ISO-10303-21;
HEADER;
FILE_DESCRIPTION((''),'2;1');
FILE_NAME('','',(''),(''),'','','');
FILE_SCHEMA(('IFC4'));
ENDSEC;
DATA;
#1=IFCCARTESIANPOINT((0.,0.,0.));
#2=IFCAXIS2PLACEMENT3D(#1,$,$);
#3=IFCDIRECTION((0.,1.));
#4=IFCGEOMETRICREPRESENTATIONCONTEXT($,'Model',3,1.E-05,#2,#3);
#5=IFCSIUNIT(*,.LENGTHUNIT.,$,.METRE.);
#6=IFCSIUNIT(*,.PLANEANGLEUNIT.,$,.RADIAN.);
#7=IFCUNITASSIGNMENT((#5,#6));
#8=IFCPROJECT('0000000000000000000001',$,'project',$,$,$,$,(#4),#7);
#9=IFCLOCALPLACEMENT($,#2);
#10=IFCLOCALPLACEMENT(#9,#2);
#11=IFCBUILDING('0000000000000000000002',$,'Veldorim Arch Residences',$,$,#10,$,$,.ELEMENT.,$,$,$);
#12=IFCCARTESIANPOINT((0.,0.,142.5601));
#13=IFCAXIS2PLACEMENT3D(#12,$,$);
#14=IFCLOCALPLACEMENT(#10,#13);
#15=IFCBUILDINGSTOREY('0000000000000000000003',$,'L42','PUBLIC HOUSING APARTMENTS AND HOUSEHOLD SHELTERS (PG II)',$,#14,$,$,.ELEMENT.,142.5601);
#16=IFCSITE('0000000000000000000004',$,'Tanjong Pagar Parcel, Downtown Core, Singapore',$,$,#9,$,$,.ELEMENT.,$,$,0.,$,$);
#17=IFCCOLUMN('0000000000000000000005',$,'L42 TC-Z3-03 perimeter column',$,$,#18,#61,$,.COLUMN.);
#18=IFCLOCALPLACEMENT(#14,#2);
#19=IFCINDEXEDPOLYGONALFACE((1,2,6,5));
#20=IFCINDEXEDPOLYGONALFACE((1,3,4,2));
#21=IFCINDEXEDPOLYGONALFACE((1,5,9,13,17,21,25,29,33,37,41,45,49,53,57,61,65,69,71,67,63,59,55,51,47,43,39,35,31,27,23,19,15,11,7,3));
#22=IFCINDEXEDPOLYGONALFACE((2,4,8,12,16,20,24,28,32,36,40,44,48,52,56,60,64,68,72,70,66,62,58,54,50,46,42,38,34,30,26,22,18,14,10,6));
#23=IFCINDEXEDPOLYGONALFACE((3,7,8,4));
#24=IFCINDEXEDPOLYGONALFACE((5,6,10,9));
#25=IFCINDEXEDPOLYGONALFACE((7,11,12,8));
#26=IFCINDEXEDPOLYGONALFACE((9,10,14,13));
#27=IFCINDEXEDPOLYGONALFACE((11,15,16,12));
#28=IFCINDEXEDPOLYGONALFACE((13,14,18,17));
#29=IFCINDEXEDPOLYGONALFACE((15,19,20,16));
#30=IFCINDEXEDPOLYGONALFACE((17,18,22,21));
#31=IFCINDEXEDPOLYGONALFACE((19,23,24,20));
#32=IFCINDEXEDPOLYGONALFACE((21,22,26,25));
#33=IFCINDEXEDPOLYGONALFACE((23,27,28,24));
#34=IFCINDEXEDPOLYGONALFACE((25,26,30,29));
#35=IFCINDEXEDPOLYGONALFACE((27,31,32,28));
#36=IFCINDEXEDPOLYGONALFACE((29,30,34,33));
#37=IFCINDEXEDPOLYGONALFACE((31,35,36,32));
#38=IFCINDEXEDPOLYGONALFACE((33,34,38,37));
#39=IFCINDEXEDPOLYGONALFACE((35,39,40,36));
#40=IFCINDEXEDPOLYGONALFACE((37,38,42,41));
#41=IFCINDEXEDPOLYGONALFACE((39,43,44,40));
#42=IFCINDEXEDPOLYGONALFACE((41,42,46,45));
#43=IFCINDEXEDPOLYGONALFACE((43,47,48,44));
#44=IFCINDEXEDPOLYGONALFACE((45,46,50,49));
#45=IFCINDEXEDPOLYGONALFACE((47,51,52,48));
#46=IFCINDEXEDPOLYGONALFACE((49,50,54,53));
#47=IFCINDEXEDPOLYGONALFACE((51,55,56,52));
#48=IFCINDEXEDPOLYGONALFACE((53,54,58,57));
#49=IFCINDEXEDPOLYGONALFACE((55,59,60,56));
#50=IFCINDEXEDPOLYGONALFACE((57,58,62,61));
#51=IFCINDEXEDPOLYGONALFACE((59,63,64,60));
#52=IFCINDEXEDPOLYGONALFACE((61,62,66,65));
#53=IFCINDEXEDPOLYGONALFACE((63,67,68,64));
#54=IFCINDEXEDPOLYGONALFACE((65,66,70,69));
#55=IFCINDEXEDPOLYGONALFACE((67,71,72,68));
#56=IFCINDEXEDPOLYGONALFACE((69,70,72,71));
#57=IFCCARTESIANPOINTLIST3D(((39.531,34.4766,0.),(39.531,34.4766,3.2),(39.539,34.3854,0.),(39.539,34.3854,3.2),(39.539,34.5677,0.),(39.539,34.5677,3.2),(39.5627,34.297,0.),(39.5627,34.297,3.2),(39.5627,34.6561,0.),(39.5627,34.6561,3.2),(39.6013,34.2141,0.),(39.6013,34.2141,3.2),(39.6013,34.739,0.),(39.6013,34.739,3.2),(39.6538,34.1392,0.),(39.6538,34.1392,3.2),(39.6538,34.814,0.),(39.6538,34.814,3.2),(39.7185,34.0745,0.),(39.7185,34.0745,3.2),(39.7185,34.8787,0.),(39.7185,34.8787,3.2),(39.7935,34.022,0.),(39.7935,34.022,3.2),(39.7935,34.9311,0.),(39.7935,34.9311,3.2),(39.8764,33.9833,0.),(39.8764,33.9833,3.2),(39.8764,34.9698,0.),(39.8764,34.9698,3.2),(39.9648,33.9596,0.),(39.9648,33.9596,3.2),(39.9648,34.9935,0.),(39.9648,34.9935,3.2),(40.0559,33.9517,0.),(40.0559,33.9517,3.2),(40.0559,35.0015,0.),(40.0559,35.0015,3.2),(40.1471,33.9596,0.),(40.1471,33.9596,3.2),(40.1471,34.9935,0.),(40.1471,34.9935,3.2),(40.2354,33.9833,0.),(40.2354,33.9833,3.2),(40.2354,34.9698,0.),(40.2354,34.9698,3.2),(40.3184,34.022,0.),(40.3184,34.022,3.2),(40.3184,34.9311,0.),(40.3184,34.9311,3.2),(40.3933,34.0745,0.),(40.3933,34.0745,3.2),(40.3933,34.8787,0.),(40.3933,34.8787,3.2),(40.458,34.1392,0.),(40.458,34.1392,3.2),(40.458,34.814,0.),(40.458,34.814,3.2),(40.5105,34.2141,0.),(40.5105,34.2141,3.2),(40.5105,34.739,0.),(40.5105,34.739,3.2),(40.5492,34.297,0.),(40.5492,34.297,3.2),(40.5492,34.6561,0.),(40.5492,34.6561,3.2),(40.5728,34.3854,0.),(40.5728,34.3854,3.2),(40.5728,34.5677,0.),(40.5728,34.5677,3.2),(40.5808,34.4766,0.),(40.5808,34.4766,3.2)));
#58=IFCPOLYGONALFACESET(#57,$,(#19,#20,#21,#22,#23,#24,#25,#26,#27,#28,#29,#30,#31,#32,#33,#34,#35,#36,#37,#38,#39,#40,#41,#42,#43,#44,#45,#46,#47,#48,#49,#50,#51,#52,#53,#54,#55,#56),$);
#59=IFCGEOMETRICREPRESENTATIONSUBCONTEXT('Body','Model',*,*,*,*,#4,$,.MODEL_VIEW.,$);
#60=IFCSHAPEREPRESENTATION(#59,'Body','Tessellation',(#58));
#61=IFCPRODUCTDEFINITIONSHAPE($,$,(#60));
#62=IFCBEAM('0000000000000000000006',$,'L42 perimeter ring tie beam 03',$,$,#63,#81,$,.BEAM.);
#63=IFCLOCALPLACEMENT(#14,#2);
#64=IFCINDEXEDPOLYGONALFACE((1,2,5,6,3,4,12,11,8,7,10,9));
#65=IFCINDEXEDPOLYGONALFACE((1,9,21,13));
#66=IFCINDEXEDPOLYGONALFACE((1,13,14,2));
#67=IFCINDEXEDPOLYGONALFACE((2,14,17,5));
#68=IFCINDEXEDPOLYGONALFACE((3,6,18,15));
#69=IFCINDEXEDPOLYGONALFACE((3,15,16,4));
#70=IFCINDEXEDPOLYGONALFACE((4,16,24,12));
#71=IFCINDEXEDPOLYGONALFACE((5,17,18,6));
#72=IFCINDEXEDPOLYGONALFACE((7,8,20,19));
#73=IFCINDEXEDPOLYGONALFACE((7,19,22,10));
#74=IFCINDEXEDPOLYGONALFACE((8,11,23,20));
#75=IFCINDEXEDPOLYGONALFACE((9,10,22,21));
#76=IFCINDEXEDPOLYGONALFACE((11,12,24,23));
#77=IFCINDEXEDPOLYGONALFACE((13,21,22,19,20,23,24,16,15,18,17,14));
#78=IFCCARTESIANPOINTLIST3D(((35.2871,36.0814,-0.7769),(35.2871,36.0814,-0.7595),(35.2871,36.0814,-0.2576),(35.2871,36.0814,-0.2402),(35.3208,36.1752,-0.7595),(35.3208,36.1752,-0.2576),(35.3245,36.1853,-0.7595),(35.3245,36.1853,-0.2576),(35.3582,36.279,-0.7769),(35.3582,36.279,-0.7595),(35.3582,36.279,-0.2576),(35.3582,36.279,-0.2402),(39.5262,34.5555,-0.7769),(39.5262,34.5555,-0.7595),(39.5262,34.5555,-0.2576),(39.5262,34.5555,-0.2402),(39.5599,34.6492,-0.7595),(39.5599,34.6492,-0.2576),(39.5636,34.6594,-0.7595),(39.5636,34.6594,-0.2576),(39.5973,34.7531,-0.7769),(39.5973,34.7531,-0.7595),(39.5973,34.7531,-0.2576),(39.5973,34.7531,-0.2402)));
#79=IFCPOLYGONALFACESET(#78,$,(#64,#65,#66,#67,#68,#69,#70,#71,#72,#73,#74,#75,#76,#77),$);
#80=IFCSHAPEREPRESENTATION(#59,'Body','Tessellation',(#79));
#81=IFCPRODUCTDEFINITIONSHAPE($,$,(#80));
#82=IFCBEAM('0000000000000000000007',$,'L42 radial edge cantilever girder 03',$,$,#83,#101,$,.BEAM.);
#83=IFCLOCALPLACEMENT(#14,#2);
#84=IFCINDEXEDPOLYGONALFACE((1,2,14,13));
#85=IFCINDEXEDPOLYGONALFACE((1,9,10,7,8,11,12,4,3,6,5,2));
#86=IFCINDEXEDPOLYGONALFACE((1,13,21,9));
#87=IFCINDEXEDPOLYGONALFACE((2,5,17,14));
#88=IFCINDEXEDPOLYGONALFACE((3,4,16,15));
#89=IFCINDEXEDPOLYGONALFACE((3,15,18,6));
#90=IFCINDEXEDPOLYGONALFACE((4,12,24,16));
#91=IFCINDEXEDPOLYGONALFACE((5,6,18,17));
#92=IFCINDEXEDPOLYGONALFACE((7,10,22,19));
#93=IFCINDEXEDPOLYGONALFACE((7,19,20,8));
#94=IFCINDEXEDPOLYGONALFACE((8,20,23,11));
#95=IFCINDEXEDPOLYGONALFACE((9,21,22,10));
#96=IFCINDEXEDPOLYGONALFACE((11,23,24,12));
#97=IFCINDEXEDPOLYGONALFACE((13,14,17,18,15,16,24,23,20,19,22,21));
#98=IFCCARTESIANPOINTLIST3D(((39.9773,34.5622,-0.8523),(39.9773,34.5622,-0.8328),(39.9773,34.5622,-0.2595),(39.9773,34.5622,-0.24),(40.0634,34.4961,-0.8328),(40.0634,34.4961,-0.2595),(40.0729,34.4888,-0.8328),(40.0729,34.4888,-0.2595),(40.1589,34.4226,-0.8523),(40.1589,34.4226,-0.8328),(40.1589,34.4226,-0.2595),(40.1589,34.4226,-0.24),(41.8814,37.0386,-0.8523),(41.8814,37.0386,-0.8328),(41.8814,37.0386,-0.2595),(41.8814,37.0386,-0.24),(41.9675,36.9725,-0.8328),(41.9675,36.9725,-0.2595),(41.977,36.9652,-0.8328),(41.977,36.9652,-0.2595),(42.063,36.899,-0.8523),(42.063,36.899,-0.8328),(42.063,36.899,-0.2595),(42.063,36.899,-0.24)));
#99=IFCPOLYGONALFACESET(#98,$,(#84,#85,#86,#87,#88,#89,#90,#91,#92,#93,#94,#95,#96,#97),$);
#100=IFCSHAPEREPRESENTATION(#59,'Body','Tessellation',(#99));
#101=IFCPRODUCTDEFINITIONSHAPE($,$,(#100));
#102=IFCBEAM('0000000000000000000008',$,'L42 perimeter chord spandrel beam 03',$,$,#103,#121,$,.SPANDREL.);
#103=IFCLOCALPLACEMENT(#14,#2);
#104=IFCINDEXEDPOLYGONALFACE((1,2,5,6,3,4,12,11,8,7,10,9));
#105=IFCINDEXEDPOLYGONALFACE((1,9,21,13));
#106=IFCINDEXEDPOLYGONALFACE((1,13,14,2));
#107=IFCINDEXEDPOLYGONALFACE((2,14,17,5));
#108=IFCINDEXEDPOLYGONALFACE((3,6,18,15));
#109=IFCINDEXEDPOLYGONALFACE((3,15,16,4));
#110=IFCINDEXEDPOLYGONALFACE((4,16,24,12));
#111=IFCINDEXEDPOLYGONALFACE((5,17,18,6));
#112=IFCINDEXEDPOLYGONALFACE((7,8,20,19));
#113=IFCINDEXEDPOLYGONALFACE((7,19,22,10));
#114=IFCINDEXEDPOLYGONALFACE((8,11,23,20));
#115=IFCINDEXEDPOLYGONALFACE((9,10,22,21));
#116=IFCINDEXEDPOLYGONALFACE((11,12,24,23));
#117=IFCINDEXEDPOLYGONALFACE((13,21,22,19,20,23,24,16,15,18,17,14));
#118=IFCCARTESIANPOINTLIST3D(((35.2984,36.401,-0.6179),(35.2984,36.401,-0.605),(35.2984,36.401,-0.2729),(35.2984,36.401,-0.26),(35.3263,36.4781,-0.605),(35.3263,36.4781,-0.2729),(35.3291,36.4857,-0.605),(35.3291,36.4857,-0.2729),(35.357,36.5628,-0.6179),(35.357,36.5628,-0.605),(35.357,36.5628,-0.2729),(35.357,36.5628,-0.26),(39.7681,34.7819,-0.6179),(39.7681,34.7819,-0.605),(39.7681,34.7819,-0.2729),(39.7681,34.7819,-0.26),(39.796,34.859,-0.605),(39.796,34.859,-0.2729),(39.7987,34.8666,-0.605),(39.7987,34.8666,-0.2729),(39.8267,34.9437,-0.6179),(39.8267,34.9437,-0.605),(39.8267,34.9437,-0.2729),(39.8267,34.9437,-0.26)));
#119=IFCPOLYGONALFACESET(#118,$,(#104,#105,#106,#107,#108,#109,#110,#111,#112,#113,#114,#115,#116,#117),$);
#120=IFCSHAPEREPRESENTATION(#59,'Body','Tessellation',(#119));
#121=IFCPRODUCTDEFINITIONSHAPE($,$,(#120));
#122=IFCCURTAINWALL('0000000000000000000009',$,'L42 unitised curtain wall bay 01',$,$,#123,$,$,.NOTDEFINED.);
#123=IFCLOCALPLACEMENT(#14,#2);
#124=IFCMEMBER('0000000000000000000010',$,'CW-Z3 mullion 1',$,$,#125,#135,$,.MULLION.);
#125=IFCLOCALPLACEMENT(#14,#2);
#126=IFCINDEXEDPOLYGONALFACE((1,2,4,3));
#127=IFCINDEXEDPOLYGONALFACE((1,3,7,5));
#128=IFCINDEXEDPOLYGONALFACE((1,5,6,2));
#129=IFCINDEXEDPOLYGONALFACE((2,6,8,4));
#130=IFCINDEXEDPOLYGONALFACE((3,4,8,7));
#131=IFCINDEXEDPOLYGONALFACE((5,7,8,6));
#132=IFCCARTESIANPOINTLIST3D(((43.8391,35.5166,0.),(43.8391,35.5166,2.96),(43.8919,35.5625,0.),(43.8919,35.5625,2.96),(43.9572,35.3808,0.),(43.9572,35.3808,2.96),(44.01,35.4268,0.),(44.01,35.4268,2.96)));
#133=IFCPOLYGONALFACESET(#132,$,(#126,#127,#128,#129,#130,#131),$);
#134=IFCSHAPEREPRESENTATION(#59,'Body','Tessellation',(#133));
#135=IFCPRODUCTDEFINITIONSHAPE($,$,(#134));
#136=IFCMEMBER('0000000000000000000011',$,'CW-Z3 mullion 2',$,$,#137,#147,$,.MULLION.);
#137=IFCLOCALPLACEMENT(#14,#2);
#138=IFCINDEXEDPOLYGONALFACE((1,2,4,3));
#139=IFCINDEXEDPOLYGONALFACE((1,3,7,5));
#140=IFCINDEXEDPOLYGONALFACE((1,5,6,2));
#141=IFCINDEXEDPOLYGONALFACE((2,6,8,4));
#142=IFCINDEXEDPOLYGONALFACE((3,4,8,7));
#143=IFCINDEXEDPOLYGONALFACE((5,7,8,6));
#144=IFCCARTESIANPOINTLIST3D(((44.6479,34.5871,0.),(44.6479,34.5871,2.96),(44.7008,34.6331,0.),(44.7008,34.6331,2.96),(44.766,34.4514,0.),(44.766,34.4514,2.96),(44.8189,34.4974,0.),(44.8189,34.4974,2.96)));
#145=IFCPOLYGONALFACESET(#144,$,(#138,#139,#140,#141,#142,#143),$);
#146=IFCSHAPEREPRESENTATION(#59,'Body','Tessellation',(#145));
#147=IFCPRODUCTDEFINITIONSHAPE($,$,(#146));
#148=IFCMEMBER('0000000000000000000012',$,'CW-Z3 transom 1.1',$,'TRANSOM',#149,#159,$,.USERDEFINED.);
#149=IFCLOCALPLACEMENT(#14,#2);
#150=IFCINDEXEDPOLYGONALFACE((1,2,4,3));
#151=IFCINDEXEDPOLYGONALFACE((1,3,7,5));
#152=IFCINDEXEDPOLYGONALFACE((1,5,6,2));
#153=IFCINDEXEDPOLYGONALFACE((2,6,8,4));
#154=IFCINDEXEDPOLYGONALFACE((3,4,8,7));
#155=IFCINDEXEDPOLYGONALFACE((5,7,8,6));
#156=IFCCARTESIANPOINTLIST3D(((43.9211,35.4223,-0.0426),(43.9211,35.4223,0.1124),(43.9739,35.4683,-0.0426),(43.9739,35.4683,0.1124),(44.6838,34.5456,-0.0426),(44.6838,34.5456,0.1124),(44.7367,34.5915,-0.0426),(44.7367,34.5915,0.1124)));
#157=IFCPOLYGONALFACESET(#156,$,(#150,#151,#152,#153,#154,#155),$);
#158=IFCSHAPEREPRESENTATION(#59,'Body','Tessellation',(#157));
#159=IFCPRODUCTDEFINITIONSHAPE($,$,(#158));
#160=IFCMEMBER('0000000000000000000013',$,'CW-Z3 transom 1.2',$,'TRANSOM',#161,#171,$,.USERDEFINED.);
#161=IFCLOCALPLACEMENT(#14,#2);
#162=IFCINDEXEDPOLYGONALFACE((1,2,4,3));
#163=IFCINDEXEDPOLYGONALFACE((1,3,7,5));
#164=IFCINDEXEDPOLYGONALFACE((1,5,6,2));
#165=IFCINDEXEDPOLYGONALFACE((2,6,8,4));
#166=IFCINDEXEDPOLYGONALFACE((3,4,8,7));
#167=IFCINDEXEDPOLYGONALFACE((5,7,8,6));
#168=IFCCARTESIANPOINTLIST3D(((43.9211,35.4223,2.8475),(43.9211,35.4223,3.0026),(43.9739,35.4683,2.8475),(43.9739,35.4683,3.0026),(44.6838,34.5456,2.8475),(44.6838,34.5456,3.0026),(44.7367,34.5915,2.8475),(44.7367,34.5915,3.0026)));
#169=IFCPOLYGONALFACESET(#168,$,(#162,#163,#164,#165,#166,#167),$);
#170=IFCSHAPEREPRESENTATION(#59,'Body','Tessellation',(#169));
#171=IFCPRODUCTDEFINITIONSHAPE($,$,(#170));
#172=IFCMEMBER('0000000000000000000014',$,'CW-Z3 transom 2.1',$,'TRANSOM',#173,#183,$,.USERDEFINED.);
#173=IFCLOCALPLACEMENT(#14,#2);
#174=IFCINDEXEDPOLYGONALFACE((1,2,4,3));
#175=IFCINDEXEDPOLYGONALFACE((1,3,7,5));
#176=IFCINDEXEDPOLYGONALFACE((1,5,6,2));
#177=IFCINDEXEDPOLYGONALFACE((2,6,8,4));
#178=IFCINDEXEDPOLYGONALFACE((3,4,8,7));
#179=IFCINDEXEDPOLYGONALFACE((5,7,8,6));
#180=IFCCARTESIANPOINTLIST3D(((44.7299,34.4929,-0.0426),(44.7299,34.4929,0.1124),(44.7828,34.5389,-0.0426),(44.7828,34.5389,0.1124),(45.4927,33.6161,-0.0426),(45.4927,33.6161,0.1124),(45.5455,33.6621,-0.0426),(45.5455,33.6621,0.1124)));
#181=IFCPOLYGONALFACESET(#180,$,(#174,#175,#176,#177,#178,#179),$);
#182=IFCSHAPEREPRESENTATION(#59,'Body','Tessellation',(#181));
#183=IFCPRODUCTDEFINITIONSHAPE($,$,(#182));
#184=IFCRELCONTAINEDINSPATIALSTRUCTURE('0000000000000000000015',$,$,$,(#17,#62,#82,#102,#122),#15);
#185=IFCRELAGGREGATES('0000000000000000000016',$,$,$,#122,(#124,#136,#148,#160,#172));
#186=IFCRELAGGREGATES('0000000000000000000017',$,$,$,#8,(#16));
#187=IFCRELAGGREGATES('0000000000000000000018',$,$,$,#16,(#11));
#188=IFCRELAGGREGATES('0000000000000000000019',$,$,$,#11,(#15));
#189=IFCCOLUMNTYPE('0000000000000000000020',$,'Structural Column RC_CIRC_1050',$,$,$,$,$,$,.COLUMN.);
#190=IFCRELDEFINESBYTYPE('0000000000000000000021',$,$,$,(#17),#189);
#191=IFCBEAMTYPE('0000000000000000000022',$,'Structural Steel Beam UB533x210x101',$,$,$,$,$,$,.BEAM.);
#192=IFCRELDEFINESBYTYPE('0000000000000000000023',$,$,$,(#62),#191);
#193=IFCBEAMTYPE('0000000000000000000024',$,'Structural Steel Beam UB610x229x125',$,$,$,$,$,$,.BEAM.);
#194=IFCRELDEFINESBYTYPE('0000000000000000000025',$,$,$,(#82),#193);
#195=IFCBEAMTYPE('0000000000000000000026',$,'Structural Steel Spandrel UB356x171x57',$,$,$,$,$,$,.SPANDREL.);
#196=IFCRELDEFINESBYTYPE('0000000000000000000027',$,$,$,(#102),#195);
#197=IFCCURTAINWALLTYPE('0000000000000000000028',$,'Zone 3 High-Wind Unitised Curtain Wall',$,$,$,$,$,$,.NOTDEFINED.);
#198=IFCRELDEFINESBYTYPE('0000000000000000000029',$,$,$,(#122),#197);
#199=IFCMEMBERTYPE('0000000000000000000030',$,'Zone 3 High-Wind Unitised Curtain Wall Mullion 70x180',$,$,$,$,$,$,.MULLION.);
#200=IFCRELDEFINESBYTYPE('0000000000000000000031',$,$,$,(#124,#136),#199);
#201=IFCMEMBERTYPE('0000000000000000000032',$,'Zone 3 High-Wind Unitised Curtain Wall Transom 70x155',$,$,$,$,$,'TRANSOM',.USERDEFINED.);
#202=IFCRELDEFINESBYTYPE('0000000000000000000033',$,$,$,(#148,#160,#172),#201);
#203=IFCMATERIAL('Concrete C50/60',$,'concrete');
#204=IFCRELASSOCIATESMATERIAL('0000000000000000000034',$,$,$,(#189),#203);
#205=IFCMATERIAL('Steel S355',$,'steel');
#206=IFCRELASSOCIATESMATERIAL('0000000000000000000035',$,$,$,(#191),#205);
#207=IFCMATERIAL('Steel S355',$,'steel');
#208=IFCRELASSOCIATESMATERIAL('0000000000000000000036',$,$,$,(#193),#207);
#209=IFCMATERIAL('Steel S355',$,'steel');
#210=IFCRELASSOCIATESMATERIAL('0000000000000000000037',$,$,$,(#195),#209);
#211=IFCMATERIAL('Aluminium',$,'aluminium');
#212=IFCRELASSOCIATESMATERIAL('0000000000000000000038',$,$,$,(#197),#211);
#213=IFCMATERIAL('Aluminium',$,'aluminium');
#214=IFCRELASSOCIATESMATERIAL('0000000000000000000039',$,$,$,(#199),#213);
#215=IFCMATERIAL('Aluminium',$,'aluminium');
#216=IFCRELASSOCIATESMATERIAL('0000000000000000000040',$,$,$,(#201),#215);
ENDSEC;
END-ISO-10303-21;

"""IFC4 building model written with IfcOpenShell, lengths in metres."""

from ifc_helpers import new_model, si_unit, direction, frame, origin, origin_2d, place, context, subcontext, project, spatial, rectangle, circle, i_section, extrude, material, material_profile, profile_set, type_object, element, aggregate, save


model = new_model("IFC4")

# Units and contexts
model_context = context("Model", 3, precision=1e-05, world=origin(), true_north=direction((0.0, 1.0)))
body_context = subcontext(model_context, "Body", "Model", "MODEL_VIEW")
ifc_project = project(units=[si_unit("LENGTHUNIT", "METRE"), si_unit("PLANEANGLEUNIT", "RADIAN")], contexts=[model_context])

# Site, building, storey
site_placement = place(None, origin())
site = spatial("IfcSite", under=ifc_project, at=site_placement, Name="Tanjong Pagar Parcel, Downtown Core, Singapore", CompositionType="ELEMENT", RefElevation=0.0)
building_placement = place(site_placement, origin())
building = spatial("IfcBuilding", under=site, at=building_placement, Name="Veldorim Arch Residences", CompositionType="ELEMENT")
storey_placement = place(building_placement, frame((0.0, 0.0, 142.5601)))
storey = spatial("IfcBuildingStorey", under=building, at=storey_placement, Name="L42", Description="PUBLIC HOUSING APARTMENTS AND HOUSEHOLD SHELTERS (PG II)", CompositionType="ELEMENT", Elevation=142.5601)

# Column
ifc_material_1 = material(Name="Concrete C50/60", Category="concrete")
ifc_material_profile_1 = material_profile(ifc_material_1, circle(Radius=0.5249, at=origin_2d()), Name="RC_CIRC_1050")
ifc_profile_set_1 = profile_set([ifc_material_profile_1], Name="Concrete C50/60")
column_type = type_object("IfcColumnType", Name="Structural Column RC_CIRC_1050", PredefinedType="COLUMN", material=ifc_profile_set_1)
column_placement = place(storey_placement, frame((40.0559, 34.4766, 0.0), z_axis=(0.0, 0.0, 1.0), x_axis=(1.0, 0.0, 0.0)))
element("IfcColumn", 1, at=column_placement, inside=storey, type_object=column_type, Name="L42 TC-Z3-03 perimeter column", PredefinedType="COLUMN", context=body_context, shape_type="SweptSolid", body=[
    extrude(circle(Radius=0.5249, at=origin_2d()), origin(), (0.0, 0.0, 1.0), 3.2),
])

# Beams
ifc_material_2 = material(Name="Steel S355", Category="steel")
ifc_material_profile_2 = material_profile(ifc_material_2, i_section(OverallWidth=0.21, OverallDepth=0.5366, WebThickness=0.0107, FlangeThickness=0.0173, at=origin_2d()), Name="UB533x210x101")
ifc_profile_set_2 = profile_set([ifc_material_profile_2], Name="Steel S355")
beam_type_1 = type_object("IfcBeamType", Name="Structural Steel Beam UB533x210x101", PredefinedType="BEAM", material=ifc_profile_set_2)
beam_1_placement = place(storey_placement, frame((39.5618, 34.6543, -0.5085), z_axis=(-0.940899, 0.338687, 0.0), x_axis=(-0.338687, -0.940899, 0.0)))
element("IfcBeam", 2, at=beam_1_placement, inside=storey, type_object=beam_type_1, Name="L42 perimeter ring tie beam 03", PredefinedType="BEAM", context=body_context, shape_type="SweptSolid", body=[
    extrude(i_section(OverallWidth=0.21, OverallDepth=0.5366, WebThickness=0.0107, FlangeThickness=0.0173, at=origin_2d()), origin(), (0.0, 0.0, 1.0), 4.5054),
])
ifc_material_3 = material(Name="Steel S355", Category="steel")
ifc_material_profile_3 = material_profile(ifc_material_3, i_section(OverallWidth=0.229, OverallDepth=0.6123, WebThickness=0.012, FlangeThickness=0.0195, at=origin_2d()), Name="UB610x229x125")
ifc_profile_set_3 = profile_set([ifc_material_profile_3], Name="Steel S355")
beam_type_2 = type_object("IfcBeamType", Name="Structural Steel Beam UB610x229x125", PredefinedType="BEAM", material=ifc_profile_set_3)
beam_2_placement = place(storey_placement, frame((40.0681, 34.4924, -0.5461), z_axis=(0.609548, 0.792749, 0.0), x_axis=(-0.792749, 0.609548, 0.0)))
element("IfcBeam", 3, at=beam_2_placement, inside=storey, type_object=beam_type_2, Name="L42 radial edge cantilever girder 03", PredefinedType="BEAM", context=body_context, shape_type="SweptSolid", body=[
    extrude(i_section(OverallWidth=0.229, OverallDepth=0.6123, WebThickness=0.012, FlangeThickness=0.0195, at=origin_2d()), origin(), (0.0, 0.0, 1.0), 3.1238),
])
ifc_material_4 = material(Name="Steel S355", Category="steel")
ifc_material_profile_4 = material_profile(ifc_material_4, i_section(OverallWidth=0.1721, OverallDepth=0.3579, WebThickness=0.0081, FlangeThickness=0.0129, at=origin_2d()), Name="UB356x171x57")
ifc_profile_set_4 = profile_set([ifc_material_profile_4], Name="Steel S355")
beam_type_3 = type_object("IfcBeamType", Name="Structural Steel Spandrel UB356x171x57", PredefinedType="SPANDREL", material=ifc_profile_set_4)
beam_3_placement = place(storey_placement, frame((39.7974, 34.8628, -0.439), z_axis=(-0.940213, 0.340588, 0.0), x_axis=(-0.340588, -0.940213, 0.0)))
element("IfcBeam", 4, at=beam_3_placement, inside=storey, type_object=beam_type_3, Name="L42 perimeter chord spandrel beam 03", PredefinedType="SPANDREL", context=body_context, shape_type="SweptSolid", body=[
    extrude(i_section(OverallWidth=0.1721, OverallDepth=0.3579, WebThickness=0.0081, FlangeThickness=0.0129, at=origin_2d()), origin(), (0.0, 0.0, 1.0), 4.7539),
])

# Curtain wall, members
ifc_material_5 = material(Name="Aluminium", Category="aluminium")
curtain_wall_type = type_object("IfcCurtainWallType", Name="Zone 3 High-Wind Unitised Curtain Wall", PredefinedType="NOTDEFINED", material=ifc_material_5)
curtain_wall_placement = place(storey_placement, origin())
curtain_wall = element("IfcCurtainWall", 5, at=curtain_wall_placement, inside=storey, type_object=curtain_wall_type, Name="L42 unitised curtain wall bay 01", PredefinedType="NOTDEFINED")
ifc_material_6 = material(Name="Aluminium", Category="aluminium")
ifc_material_profile_5 = material_profile(ifc_material_6, rectangle(XDim=0.0701, YDim=0.1799, at=origin_2d()), Name="ALU_MUL_70x180")
ifc_profile_set_5 = profile_set([ifc_material_profile_5], Name="Aluminium")
member_type_1 = type_object("IfcMemberType", Name="Zone 3 High-Wind Unitised Curtain Wall Mullion 70x180", PredefinedType="MULLION", material=ifc_profile_set_5)
member_1_placement = place(storey_placement, frame((43.9246, 35.4717, 0.0), z_axis=(0.0, 0.0, 1.0), x_axis=(0.7544, 0.656415, 0.0)))
member_1 = element("IfcMember", 6, at=member_1_placement, type_object=member_type_1, Name="CW-Z3 mullion 1", PredefinedType="MULLION", context=body_context, shape_type="SweptSolid", body=[
    extrude(rectangle(XDim=0.0701, YDim=0.1799, at=origin_2d()), origin(), (0.0, 0.0, 1.0), 2.96),
])
member_2_placement = place(storey_placement, frame((44.7334, 34.5422, 0.0), z_axis=(0.0, 0.0, 1.0), x_axis=(0.7544, 0.656415, 0.0)))
member_2 = element("IfcMember", 7, at=member_2_placement, type_object=member_type_1, Name="CW-Z3 mullion 2", PredefinedType="MULLION", context=body_context, shape_type="SweptSolid", body=[
    extrude(rectangle(XDim=0.0701, YDim=0.1799, at=origin_2d()), origin(), (0.0, 0.0, 1.0), 2.96),
])
ifc_material_7 = material(Name="Aluminium", Category="aluminium")
ifc_material_profile_6 = material_profile(ifc_material_7, rectangle(XDim=0.0701, YDim=0.155, at=origin_2d()), Name="ALU_TRN_70x155")
ifc_profile_set_6 = profile_set([ifc_material_profile_6], Name="Aluminium")
member_type_2 = type_object("IfcMemberType", Name="Zone 3 High-Wind Unitised Curtain Wall Transom 70x155", ElementType="TRANSOM", PredefinedType="USERDEFINED", material=ifc_profile_set_6)
member_3_placement = place(storey_placement, frame((43.9475, 35.4453, 0.0349), z_axis=(0.656345, -0.754461, 0.0), x_axis=(0.754461, 0.656345, 0.0)))
member_3 = element("IfcMember", 8, at=member_3_placement, type_object=member_type_2, Name="CW-Z3 transom 1.1", ObjectType="TRANSOM", PredefinedType="USERDEFINED", context=body_context, shape_type="SweptSolid", body=[
    extrude(rectangle(XDim=0.0701, YDim=0.155, at=origin_2d()), origin(), (0.0, 0.0, 1.0), 1.1621),
])
member_4_placement = place(storey_placement, frame((43.9475, 35.4453, 2.925), z_axis=(0.656345, -0.754461, 0.0), x_axis=(0.754461, 0.656345, 0.0)))
member_4 = element("IfcMember", 9, at=member_4_placement, type_object=member_type_2, Name="CW-Z3 transom 1.2", ObjectType="TRANSOM", PredefinedType="USERDEFINED", context=body_context, shape_type="SweptSolid", body=[
    extrude(rectangle(XDim=0.0701, YDim=0.155, at=origin_2d()), origin(), (0.0, 0.0, 1.0), 1.1621),
])
member_5_placement = place(storey_placement, frame((44.7563, 34.5159, 0.0349), z_axis=(0.656345, -0.754461, 0.0), x_axis=(0.754461, 0.656345, 0.0)))
member_5 = element("IfcMember", 10, at=member_5_placement, type_object=member_type_2, Name="CW-Z3 transom 2.1", ObjectType="TRANSOM", PredefinedType="USERDEFINED", context=body_context, shape_type="SweptSolid", body=[
    extrude(rectangle(XDim=0.0701, YDim=0.155, at=origin_2d()), origin(), (0.0, 0.0, 1.0), 1.1621),
])
aggregate(curtain_wall, [member_1, member_2, member_3, member_4, member_5])

save(model, "model.ifc")
